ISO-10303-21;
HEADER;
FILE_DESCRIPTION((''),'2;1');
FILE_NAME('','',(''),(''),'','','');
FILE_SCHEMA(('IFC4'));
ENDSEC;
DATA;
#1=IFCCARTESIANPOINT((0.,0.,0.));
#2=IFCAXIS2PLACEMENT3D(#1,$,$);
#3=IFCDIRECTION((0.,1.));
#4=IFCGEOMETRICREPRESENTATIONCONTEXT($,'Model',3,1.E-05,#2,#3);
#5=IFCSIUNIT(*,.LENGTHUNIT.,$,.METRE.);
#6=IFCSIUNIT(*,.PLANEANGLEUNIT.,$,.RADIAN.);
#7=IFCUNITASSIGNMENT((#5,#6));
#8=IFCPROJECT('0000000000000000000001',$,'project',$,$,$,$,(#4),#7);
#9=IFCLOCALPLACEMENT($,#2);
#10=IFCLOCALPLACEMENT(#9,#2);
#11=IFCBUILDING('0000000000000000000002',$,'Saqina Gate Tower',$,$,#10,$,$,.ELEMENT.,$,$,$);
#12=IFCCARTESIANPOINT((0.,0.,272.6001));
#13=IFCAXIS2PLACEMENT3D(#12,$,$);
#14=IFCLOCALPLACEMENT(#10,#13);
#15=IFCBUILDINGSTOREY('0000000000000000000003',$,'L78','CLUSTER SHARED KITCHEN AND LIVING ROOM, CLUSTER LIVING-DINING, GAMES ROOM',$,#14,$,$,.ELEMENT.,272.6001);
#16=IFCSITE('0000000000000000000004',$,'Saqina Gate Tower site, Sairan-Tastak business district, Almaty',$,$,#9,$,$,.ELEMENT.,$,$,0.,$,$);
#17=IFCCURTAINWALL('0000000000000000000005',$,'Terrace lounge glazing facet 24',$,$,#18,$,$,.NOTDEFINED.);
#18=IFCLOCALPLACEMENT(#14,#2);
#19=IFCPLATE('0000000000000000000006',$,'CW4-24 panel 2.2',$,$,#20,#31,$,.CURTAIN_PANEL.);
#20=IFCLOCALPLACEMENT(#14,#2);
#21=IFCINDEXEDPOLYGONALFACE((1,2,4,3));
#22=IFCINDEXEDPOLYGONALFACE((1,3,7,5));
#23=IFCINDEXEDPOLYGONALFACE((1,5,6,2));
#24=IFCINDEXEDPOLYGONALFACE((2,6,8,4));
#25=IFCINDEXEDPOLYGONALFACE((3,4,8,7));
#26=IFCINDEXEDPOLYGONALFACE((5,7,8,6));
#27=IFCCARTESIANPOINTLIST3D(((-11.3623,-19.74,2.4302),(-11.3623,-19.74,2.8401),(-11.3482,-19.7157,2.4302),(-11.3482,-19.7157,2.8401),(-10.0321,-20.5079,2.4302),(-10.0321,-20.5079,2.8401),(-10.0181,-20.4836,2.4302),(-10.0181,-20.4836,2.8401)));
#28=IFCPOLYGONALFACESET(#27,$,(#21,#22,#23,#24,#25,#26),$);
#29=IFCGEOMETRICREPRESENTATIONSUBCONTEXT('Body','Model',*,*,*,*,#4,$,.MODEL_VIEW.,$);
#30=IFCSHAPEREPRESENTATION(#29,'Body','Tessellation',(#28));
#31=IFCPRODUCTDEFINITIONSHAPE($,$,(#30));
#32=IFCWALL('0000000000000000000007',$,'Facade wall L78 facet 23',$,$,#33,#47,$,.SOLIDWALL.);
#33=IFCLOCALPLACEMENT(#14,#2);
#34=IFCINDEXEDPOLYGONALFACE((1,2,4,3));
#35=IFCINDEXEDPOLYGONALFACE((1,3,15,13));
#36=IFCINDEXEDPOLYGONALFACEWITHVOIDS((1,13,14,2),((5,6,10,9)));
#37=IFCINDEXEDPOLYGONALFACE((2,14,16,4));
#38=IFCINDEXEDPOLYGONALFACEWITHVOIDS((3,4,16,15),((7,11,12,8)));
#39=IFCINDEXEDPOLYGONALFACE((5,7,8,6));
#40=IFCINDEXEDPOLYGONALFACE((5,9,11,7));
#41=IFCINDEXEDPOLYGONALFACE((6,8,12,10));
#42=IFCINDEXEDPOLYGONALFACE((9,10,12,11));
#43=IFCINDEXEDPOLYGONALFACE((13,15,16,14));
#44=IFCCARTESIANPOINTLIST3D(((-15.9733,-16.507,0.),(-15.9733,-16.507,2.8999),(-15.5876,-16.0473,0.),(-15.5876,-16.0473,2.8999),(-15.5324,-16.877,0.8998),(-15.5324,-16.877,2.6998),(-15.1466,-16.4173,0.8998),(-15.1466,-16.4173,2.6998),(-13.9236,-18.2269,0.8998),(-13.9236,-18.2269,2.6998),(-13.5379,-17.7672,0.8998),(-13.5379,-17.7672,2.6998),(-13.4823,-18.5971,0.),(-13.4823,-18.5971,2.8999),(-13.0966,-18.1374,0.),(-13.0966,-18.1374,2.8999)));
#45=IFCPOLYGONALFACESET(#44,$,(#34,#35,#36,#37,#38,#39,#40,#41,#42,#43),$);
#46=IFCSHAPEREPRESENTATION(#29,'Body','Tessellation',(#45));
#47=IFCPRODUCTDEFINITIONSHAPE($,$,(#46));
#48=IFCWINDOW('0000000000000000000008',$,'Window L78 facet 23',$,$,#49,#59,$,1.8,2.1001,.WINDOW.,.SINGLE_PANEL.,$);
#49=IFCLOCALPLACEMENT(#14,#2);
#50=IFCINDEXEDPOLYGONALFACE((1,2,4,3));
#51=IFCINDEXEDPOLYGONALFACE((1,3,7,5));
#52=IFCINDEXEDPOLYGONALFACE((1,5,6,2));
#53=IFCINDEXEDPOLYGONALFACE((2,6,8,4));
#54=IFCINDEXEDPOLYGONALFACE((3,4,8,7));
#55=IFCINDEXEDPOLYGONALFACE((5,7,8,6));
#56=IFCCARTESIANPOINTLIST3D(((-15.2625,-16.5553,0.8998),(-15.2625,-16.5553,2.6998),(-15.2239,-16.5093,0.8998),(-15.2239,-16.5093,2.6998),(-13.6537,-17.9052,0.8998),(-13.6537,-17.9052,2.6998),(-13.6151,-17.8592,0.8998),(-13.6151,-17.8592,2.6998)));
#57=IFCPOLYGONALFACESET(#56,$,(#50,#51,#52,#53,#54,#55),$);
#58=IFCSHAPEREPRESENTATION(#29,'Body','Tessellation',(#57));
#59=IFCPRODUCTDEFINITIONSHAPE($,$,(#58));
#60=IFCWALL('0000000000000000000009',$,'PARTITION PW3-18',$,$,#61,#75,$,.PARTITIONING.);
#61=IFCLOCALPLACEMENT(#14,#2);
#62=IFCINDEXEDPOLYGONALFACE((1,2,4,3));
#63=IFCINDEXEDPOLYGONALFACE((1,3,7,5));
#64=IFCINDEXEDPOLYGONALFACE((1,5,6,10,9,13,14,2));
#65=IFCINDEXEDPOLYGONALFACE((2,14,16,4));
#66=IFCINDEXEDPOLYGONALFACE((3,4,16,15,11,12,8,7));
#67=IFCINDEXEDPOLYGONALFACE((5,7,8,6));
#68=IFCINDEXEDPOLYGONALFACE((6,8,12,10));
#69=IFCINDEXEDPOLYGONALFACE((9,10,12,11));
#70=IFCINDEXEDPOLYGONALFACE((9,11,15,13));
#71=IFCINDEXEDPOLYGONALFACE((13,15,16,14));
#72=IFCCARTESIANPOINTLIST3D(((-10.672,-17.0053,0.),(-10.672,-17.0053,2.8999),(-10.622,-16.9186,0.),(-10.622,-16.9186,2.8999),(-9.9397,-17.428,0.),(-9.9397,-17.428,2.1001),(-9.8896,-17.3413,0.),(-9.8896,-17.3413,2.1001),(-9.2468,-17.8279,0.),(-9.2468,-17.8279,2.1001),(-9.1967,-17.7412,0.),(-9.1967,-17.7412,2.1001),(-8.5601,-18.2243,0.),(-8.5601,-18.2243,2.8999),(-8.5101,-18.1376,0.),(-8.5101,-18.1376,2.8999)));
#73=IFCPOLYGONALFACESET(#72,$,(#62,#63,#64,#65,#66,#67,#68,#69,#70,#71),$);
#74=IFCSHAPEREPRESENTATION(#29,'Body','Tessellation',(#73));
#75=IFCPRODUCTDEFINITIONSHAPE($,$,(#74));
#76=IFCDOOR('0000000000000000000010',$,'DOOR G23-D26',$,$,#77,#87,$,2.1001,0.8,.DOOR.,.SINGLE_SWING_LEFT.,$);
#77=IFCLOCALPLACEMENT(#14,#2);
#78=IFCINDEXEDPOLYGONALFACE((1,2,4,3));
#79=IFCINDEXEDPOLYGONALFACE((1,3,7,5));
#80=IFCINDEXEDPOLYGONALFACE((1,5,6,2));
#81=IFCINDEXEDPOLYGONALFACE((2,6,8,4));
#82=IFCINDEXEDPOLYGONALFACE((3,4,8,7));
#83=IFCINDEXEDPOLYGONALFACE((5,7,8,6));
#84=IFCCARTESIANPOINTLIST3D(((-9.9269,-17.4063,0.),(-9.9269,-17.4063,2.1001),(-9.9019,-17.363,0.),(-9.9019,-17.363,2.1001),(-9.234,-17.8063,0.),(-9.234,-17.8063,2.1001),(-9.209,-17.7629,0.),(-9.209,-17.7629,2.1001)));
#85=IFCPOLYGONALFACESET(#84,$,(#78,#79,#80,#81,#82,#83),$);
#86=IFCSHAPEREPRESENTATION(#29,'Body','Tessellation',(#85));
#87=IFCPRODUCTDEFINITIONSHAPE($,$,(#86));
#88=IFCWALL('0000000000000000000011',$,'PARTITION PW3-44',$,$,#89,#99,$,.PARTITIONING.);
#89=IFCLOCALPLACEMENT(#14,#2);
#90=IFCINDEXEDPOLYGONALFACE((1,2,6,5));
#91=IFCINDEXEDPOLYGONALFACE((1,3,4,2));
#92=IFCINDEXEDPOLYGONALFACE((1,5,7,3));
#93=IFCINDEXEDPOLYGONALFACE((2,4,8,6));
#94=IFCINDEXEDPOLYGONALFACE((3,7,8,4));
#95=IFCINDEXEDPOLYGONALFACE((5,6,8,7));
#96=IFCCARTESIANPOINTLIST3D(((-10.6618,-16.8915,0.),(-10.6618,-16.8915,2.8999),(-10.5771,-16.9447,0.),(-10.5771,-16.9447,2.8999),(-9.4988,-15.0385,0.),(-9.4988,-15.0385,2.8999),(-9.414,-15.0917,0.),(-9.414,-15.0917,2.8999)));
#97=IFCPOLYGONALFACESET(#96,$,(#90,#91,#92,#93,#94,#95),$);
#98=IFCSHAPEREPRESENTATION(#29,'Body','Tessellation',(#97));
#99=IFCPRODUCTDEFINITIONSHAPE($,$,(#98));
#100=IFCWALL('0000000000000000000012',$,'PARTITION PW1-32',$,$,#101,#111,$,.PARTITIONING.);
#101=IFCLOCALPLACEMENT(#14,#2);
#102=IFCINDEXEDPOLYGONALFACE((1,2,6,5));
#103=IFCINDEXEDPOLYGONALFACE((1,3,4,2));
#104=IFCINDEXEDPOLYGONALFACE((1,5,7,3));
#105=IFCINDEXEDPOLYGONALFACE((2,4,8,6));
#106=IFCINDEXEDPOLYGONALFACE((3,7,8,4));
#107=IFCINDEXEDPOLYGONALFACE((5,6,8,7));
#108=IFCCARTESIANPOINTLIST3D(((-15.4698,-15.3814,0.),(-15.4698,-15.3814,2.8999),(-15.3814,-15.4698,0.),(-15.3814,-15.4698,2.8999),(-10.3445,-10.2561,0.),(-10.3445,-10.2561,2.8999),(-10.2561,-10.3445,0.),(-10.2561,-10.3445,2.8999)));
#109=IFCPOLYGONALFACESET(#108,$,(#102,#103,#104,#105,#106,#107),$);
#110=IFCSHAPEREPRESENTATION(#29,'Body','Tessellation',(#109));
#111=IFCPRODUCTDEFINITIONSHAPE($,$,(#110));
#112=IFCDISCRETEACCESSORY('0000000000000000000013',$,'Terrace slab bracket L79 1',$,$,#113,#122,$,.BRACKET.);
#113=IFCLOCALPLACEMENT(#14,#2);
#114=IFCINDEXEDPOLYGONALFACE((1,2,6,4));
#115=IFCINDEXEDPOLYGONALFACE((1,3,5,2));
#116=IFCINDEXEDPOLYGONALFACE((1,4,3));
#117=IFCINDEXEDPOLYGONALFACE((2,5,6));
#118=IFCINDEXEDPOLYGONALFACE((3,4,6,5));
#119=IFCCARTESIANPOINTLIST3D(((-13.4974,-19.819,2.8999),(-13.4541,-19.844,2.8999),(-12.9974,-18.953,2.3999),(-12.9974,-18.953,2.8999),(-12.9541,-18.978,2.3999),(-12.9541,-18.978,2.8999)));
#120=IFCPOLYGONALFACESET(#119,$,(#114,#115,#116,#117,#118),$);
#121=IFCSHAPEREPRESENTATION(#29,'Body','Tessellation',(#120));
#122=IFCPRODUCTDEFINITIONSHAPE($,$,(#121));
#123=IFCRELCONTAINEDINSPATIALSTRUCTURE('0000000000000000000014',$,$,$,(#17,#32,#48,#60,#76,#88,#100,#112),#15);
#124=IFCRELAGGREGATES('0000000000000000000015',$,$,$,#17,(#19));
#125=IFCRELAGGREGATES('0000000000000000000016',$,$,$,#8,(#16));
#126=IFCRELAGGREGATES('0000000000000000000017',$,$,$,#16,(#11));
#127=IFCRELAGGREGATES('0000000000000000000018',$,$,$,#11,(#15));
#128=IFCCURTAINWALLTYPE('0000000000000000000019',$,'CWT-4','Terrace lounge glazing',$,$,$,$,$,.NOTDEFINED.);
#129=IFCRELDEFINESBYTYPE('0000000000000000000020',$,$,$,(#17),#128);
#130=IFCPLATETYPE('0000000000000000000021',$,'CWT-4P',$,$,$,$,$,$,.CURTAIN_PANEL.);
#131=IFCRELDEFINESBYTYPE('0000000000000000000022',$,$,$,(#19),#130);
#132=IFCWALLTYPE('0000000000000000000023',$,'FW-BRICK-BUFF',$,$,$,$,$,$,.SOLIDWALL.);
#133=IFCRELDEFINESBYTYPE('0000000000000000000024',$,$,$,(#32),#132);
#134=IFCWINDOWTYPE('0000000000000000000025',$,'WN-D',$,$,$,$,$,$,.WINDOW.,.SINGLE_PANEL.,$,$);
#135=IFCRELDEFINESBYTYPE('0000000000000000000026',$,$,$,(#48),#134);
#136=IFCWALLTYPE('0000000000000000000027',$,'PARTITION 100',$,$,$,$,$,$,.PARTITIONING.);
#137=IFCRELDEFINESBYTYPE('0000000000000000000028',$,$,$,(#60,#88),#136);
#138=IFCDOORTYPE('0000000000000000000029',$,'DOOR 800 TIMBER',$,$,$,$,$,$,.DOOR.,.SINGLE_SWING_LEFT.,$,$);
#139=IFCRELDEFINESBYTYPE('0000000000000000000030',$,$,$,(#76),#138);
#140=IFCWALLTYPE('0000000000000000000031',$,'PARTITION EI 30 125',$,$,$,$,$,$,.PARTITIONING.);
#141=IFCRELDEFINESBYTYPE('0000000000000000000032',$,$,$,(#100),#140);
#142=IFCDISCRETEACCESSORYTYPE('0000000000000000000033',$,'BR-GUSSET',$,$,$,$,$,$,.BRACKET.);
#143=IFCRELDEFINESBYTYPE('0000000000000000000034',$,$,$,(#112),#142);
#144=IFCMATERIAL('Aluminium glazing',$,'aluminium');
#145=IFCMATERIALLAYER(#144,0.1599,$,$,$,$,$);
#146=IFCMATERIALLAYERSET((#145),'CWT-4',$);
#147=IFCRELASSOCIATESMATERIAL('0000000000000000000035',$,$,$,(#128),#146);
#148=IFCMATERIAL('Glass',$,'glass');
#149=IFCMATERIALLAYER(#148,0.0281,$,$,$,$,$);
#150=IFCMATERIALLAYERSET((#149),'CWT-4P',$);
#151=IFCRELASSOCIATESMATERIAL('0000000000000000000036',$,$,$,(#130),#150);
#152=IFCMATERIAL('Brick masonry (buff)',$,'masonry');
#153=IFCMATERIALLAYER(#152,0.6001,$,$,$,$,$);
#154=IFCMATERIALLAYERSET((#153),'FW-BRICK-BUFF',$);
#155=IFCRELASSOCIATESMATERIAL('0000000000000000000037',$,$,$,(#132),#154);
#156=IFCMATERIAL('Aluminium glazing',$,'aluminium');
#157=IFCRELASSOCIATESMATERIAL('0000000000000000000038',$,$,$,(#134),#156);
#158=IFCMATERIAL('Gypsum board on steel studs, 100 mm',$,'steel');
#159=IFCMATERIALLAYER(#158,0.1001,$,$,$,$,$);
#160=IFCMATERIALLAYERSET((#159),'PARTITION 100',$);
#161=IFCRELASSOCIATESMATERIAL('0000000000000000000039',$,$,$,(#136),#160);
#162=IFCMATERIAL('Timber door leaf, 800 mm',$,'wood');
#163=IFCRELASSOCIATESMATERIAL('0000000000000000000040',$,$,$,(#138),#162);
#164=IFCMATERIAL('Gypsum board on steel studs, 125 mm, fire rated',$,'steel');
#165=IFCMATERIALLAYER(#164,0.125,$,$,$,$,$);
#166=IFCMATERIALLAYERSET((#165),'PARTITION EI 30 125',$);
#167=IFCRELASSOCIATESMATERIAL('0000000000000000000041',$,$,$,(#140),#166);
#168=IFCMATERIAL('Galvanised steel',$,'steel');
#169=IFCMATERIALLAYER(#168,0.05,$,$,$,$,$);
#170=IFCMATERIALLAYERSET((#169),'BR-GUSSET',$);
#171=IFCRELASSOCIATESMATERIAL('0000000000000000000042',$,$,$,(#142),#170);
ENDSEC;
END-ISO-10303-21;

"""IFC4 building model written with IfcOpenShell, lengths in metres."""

from ifc_helpers import new_model, si_unit, direction, frame, frame_2d, origin, origin_2d, place, context, subcontext, project, spatial, polyline, rectangle, outline, extrude, material, layer, layer_set, type_object, element, fill, aggregate, save


model = new_model("IFC4")

# Units and contexts
model_context = context("Model", 3, precision=1e-05, world=origin(), true_north=direction((0.0, 1.0)))
body_context = subcontext(model_context, "Body", "Model", "MODEL_VIEW")
ifc_project = project(units=[si_unit("LENGTHUNIT", "METRE"), si_unit("PLANEANGLEUNIT", "RADIAN")], contexts=[model_context])

# Site, building, storey
site_placement = place(None, origin())
site = spatial("IfcSite", under=ifc_project, at=site_placement, Name="Saqina Gate Tower site, Sairan-Tastak business district, Almaty", CompositionType="ELEMENT", RefElevation=0.0)
building_placement = place(site_placement, origin())
building = spatial("IfcBuilding", under=site, at=building_placement, Name="Saqina Gate Tower", CompositionType="ELEMENT")
storey_placement = place(building_placement, frame((0.0, 0.0, 272.6001)))
storey = spatial("IfcBuildingStorey", under=building, at=storey_placement, Name="L78", Description="CLUSTER SHARED KITCHEN AND LIVING ROOM, CLUSTER LIVING-DINING, GAMES ROOM", CompositionType="ELEMENT", Elevation=272.6001)

# Curtain wall, plate
ifc_material_1 = material(Name="Aluminium glazing", Category="aluminium")
ifc_layer_1 = layer(ifc_material_1, 0.1599)
ifc_layer_set_1 = layer_set([ifc_layer_1], Name="CWT-4")
curtain_wall_type = type_object("IfcCurtainWallType", Name="CWT-4", Description="Terrace lounge glazing", PredefinedType="NOTDEFINED", material=ifc_layer_set_1)
curtain_wall_placement = place(storey_placement, origin())
curtain_wall = element("IfcCurtainWall", 1, at=curtain_wall_placement, inside=storey, type_object=curtain_wall_type, Name="Terrace lounge glazing facet 24", PredefinedType="NOTDEFINED")
ifc_material_2 = material(Name="Glass", Category="glass")
ifc_layer_2 = layer(ifc_material_2, 0.0281)
ifc_layer_set_2 = layer_set([ifc_layer_2], Name="CWT-4P")
plate_type = type_object("IfcPlateType", Name="CWT-4P", PredefinedType="CURTAIN_PANEL", material=ifc_layer_set_2)
plate_1_placement = place(storey_placement, frame((-10.6902, -20.1118, 2.4302), z_axis=(0.0, 0.0, 1.0), x_axis=(0.866036, -0.499982, 0.0)))
plate_1 = element("IfcPlate", 2, at=plate_1_placement, type_object=plate_type, Name="CW4-24 panel 2.2", PredefinedType="CURTAIN_PANEL", context=body_context, shape_type="SweptSolid", body=[
    extrude(rectangle(XDim=1.5359, YDim=0.0281, at=origin_2d()), origin(), (0.0, 0.0, 1.0), 0.4099),
])
aggregate(curtain_wall, [plate_1])

# Wall, opening, window
ifc_material_3 = material(Name="Brick masonry (buff)", Category="masonry")
ifc_layer_3 = layer(ifc_material_3, 0.6001)
ifc_layer_set_3 = layer_set([ifc_layer_3], Name="FW-BRICK-BUFF")
wall_type_1 = type_object("IfcWallType", Name="FW-BRICK-BUFF", PredefinedType="SOLIDWALL", material=ifc_layer_set_3)
wall_1_placement = place(storey_placement, frame((-15.7805, -16.2771, 0.0), z_axis=(0.0, 0.0, 1.0), x_axis=(0.766057, -0.642773, 0.0)))
wall_1 = element("IfcWall", 3, at=wall_1_placement, inside=storey, type_object=wall_type_1, Name="Facade wall L78 facet 23", PredefinedType="SOLIDWALL", context=body_context, shape_type="SweptSolid", body=[
    extrude(rectangle(XDim=3.2517, YDim=0.6001, at=frame_2d((1.626, 0.0))), origin(), (0.0, 0.0, 1.0), 2.8999),
])
opening_1_placement = place(wall_1_placement, frame((0.5757, 0.0, 0.8999)))
opening_1 = element("IfcOpeningElement", 4, at=opening_1_placement, cuts=wall_1, PredefinedType="OPENING", context=body_context, shape_type="SweptSolid", body=[
    extrude(rectangle(XDim=2.1001, YDim=1.8, at=frame_2d((1.05, 0.8999))), frame((0.0, 0.312, 0.0), z_axis=(0.0, -1.0, 0.0), x_axis=(1.0, 0.0, 0.0)), (0.0, 0.0, 1.0), 0.624),
])
ifc_material_4 = material(Name="Aluminium glazing", Category="aluminium")
window_type = type_object("IfcWindowType", Name="WN-D", PartitioningType="SINGLE_PANEL", PredefinedType="WINDOW", material=ifc_material_4)
window_placement = place(opening_1_placement, origin())
window = element("IfcWindow", 5, at=window_placement, inside=storey, type_object=window_type, Name="Window L78 facet 23", OverallHeight=1.8, OverallWidth=2.1001, PartitioningType="SINGLE_PANEL", PredefinedType="WINDOW", context=body_context, shape_type="SweptSolid", body=[
    extrude(rectangle(XDim=2.1001, YDim=1.8, at=frame_2d((1.05, 0.8999))), frame((0.0, 0.1799, 0.0), z_axis=(0.0, -1.0, 0.0), x_axis=(1.0, 0.0, 0.0)), (0.0, 0.0, 1.0), 0.0601),
])
fill(opening_1, window)

# Wall, opening, door
ifc_material_5 = material(Name="Gypsum board on steel studs, 100 mm", Category="steel")
ifc_layer_4 = layer(ifc_material_5, 0.1001)
ifc_layer_set_4 = layer_set([ifc_layer_4], Name="PARTITION 100")
wall_type_2 = type_object("IfcWallType", Name="PARTITION 100", PredefinedType="PARTITIONING", material=ifc_layer_set_4)
wall_2_placement = place(storey_placement, frame((-10.647, -16.9619, 0.0), z_axis=(0.0, 0.0, 1.0), x_axis=(0.866072, -0.499919, 0.0)))
wall_2 = element("IfcWall", 6, at=wall_2_placement, inside=storey, type_object=wall_type_2, Name="PARTITION PW3-18", PredefinedType="PARTITIONING", context=body_context, shape_type="SweptSolid", body=[
    extrude(rectangle(XDim=2.4385, YDim=0.1001, at=frame_2d((1.2192, 0.0))), origin(), (0.0, 0.0, 1.0), 2.8999),
])
opening_2_placement = place(wall_2_placement, frame((0.8457, 0.0, 0.0)))
opening_2 = element("IfcOpeningElement", 7, at=opening_2_placement, cuts=wall_2, PredefinedType="OPENING", context=body_context, shape_type="SweptSolid", body=[
    extrude(rectangle(XDim=0.8, YDim=2.1001, at=frame_2d((0.3999, 1.05))), frame((0.0, 0.062, 0.0), z_axis=(0.0, -1.0, 0.0), x_axis=(1.0, 0.0, 0.0)), (0.0, 0.0, 1.0), 0.124),
])
ifc_material_6 = material(Name="Timber door leaf, 800 mm", Category="wood")
door_type = type_object("IfcDoorType", Name="DOOR 800 TIMBER", OperationType="SINGLE_SWING_LEFT", PredefinedType="DOOR", material=ifc_material_6)
door_placement = place(opening_2_placement, frame((0.8, 0.0, 0.0), z_axis=(0.0, 0.0, 1.0), x_axis=(-1.0, 0.0, 0.0)))
door = element("IfcDoor", 8, at=door_placement, inside=storey, type_object=door_type, Name="DOOR G23-D26", OperationType="SINGLE_SWING_LEFT", OverallHeight=2.1001, OverallWidth=0.8, PredefinedType="DOOR", context=body_context, shape_type="SweptSolid", body=[
    extrude(rectangle(XDim=0.8, YDim=2.1001, at=frame_2d((0.3999, 1.05))), frame((0.0, 0.0249, 0.0), z_axis=(0.0, -1.0, 0.0), x_axis=(1.0, 0.0, 0.0)), (0.0, 0.0, 1.0), 0.05),
])
fill(opening_2, door)

# Walls
wall_3_placement = place(storey_placement, frame((-10.6194, -16.918, 0.0), z_axis=(0.0, 0.0, 1.0), x_axis=(0.531623, 0.846981, 0.0)))
element("IfcWall", 9, at=wall_3_placement, inside=storey, type_object=wall_type_2, Name="PARTITION PW3-44", PredefinedType="PARTITIONING", context=body_context, shape_type="SweptSolid", body=[
    extrude(rectangle(XDim=2.1877, YDim=0.1001, at=frame_2d((1.0938, 0.0))), origin(), (0.0, 0.0, 1.0), 2.8999),
])
ifc_material_7 = material(Name="Gypsum board on steel studs, 125 mm, fire rated", Category="steel")
ifc_layer_5 = layer(ifc_material_7, 0.125)
ifc_layer_set_5 = layer_set([ifc_layer_5], Name="PARTITION EI 30 125")
wall_type_3 = type_object("IfcWallType", Name="PARTITION EI 30 125", PredefinedType="PARTITIONING", material=ifc_layer_set_5)
wall_4_placement = place(storey_placement, frame((-15.4255, -15.4255, 0.0), z_axis=(0.0, 0.0, 1.0), x_axis=(0.707107, 0.707107, 0.0)))
element("IfcWall", 10, at=wall_4_placement, inside=storey, type_object=wall_type_3, Name="PARTITION PW1-32", PredefinedType="PARTITIONING", context=body_context, shape_type="SweptSolid", body=[
    extrude(rectangle(XDim=7.2483, YDim=0.125, at=frame_2d((3.624, 0.0))), origin(), (0.0, 0.0, 1.0), 2.8999),
])

# Discrete accessory
ifc_material_8 = material(Name="Galvanised steel", Category="steel")
ifc_layer_6 = layer(ifc_material_8, 0.05)
ifc_layer_set_6 = layer_set([ifc_layer_6], Name="BR-GUSSET")
discrete_accessory_type = type_object("IfcDiscreteAccessoryType", Name="BR-GUSSET", PredefinedType="BRACKET", material=ifc_layer_set_6)
discrete_accessory_placement = place(storey_placement, frame((-12.9541, -18.978, 2.3999), z_axis=(0.866011, -0.500025, 0.0), x_axis=(0.0, 0.0, 1.0)))
element("IfcDiscreteAccessory", 11, at=discrete_accessory_placement, inside=storey, type_object=discrete_accessory_type, Name="Terrace slab bracket L79 1", PredefinedType="BRACKET", context=body_context, shape_type="SweptSolid", body=[
    extrude(outline(polyline([(0.0, 0.0), (0.5, 0.0), (0.5, 0.9999), (0.0, 0.0)])), origin(), (0.0, 0.0, -1.0), 0.05),
])

save(model, "model.ifc")
